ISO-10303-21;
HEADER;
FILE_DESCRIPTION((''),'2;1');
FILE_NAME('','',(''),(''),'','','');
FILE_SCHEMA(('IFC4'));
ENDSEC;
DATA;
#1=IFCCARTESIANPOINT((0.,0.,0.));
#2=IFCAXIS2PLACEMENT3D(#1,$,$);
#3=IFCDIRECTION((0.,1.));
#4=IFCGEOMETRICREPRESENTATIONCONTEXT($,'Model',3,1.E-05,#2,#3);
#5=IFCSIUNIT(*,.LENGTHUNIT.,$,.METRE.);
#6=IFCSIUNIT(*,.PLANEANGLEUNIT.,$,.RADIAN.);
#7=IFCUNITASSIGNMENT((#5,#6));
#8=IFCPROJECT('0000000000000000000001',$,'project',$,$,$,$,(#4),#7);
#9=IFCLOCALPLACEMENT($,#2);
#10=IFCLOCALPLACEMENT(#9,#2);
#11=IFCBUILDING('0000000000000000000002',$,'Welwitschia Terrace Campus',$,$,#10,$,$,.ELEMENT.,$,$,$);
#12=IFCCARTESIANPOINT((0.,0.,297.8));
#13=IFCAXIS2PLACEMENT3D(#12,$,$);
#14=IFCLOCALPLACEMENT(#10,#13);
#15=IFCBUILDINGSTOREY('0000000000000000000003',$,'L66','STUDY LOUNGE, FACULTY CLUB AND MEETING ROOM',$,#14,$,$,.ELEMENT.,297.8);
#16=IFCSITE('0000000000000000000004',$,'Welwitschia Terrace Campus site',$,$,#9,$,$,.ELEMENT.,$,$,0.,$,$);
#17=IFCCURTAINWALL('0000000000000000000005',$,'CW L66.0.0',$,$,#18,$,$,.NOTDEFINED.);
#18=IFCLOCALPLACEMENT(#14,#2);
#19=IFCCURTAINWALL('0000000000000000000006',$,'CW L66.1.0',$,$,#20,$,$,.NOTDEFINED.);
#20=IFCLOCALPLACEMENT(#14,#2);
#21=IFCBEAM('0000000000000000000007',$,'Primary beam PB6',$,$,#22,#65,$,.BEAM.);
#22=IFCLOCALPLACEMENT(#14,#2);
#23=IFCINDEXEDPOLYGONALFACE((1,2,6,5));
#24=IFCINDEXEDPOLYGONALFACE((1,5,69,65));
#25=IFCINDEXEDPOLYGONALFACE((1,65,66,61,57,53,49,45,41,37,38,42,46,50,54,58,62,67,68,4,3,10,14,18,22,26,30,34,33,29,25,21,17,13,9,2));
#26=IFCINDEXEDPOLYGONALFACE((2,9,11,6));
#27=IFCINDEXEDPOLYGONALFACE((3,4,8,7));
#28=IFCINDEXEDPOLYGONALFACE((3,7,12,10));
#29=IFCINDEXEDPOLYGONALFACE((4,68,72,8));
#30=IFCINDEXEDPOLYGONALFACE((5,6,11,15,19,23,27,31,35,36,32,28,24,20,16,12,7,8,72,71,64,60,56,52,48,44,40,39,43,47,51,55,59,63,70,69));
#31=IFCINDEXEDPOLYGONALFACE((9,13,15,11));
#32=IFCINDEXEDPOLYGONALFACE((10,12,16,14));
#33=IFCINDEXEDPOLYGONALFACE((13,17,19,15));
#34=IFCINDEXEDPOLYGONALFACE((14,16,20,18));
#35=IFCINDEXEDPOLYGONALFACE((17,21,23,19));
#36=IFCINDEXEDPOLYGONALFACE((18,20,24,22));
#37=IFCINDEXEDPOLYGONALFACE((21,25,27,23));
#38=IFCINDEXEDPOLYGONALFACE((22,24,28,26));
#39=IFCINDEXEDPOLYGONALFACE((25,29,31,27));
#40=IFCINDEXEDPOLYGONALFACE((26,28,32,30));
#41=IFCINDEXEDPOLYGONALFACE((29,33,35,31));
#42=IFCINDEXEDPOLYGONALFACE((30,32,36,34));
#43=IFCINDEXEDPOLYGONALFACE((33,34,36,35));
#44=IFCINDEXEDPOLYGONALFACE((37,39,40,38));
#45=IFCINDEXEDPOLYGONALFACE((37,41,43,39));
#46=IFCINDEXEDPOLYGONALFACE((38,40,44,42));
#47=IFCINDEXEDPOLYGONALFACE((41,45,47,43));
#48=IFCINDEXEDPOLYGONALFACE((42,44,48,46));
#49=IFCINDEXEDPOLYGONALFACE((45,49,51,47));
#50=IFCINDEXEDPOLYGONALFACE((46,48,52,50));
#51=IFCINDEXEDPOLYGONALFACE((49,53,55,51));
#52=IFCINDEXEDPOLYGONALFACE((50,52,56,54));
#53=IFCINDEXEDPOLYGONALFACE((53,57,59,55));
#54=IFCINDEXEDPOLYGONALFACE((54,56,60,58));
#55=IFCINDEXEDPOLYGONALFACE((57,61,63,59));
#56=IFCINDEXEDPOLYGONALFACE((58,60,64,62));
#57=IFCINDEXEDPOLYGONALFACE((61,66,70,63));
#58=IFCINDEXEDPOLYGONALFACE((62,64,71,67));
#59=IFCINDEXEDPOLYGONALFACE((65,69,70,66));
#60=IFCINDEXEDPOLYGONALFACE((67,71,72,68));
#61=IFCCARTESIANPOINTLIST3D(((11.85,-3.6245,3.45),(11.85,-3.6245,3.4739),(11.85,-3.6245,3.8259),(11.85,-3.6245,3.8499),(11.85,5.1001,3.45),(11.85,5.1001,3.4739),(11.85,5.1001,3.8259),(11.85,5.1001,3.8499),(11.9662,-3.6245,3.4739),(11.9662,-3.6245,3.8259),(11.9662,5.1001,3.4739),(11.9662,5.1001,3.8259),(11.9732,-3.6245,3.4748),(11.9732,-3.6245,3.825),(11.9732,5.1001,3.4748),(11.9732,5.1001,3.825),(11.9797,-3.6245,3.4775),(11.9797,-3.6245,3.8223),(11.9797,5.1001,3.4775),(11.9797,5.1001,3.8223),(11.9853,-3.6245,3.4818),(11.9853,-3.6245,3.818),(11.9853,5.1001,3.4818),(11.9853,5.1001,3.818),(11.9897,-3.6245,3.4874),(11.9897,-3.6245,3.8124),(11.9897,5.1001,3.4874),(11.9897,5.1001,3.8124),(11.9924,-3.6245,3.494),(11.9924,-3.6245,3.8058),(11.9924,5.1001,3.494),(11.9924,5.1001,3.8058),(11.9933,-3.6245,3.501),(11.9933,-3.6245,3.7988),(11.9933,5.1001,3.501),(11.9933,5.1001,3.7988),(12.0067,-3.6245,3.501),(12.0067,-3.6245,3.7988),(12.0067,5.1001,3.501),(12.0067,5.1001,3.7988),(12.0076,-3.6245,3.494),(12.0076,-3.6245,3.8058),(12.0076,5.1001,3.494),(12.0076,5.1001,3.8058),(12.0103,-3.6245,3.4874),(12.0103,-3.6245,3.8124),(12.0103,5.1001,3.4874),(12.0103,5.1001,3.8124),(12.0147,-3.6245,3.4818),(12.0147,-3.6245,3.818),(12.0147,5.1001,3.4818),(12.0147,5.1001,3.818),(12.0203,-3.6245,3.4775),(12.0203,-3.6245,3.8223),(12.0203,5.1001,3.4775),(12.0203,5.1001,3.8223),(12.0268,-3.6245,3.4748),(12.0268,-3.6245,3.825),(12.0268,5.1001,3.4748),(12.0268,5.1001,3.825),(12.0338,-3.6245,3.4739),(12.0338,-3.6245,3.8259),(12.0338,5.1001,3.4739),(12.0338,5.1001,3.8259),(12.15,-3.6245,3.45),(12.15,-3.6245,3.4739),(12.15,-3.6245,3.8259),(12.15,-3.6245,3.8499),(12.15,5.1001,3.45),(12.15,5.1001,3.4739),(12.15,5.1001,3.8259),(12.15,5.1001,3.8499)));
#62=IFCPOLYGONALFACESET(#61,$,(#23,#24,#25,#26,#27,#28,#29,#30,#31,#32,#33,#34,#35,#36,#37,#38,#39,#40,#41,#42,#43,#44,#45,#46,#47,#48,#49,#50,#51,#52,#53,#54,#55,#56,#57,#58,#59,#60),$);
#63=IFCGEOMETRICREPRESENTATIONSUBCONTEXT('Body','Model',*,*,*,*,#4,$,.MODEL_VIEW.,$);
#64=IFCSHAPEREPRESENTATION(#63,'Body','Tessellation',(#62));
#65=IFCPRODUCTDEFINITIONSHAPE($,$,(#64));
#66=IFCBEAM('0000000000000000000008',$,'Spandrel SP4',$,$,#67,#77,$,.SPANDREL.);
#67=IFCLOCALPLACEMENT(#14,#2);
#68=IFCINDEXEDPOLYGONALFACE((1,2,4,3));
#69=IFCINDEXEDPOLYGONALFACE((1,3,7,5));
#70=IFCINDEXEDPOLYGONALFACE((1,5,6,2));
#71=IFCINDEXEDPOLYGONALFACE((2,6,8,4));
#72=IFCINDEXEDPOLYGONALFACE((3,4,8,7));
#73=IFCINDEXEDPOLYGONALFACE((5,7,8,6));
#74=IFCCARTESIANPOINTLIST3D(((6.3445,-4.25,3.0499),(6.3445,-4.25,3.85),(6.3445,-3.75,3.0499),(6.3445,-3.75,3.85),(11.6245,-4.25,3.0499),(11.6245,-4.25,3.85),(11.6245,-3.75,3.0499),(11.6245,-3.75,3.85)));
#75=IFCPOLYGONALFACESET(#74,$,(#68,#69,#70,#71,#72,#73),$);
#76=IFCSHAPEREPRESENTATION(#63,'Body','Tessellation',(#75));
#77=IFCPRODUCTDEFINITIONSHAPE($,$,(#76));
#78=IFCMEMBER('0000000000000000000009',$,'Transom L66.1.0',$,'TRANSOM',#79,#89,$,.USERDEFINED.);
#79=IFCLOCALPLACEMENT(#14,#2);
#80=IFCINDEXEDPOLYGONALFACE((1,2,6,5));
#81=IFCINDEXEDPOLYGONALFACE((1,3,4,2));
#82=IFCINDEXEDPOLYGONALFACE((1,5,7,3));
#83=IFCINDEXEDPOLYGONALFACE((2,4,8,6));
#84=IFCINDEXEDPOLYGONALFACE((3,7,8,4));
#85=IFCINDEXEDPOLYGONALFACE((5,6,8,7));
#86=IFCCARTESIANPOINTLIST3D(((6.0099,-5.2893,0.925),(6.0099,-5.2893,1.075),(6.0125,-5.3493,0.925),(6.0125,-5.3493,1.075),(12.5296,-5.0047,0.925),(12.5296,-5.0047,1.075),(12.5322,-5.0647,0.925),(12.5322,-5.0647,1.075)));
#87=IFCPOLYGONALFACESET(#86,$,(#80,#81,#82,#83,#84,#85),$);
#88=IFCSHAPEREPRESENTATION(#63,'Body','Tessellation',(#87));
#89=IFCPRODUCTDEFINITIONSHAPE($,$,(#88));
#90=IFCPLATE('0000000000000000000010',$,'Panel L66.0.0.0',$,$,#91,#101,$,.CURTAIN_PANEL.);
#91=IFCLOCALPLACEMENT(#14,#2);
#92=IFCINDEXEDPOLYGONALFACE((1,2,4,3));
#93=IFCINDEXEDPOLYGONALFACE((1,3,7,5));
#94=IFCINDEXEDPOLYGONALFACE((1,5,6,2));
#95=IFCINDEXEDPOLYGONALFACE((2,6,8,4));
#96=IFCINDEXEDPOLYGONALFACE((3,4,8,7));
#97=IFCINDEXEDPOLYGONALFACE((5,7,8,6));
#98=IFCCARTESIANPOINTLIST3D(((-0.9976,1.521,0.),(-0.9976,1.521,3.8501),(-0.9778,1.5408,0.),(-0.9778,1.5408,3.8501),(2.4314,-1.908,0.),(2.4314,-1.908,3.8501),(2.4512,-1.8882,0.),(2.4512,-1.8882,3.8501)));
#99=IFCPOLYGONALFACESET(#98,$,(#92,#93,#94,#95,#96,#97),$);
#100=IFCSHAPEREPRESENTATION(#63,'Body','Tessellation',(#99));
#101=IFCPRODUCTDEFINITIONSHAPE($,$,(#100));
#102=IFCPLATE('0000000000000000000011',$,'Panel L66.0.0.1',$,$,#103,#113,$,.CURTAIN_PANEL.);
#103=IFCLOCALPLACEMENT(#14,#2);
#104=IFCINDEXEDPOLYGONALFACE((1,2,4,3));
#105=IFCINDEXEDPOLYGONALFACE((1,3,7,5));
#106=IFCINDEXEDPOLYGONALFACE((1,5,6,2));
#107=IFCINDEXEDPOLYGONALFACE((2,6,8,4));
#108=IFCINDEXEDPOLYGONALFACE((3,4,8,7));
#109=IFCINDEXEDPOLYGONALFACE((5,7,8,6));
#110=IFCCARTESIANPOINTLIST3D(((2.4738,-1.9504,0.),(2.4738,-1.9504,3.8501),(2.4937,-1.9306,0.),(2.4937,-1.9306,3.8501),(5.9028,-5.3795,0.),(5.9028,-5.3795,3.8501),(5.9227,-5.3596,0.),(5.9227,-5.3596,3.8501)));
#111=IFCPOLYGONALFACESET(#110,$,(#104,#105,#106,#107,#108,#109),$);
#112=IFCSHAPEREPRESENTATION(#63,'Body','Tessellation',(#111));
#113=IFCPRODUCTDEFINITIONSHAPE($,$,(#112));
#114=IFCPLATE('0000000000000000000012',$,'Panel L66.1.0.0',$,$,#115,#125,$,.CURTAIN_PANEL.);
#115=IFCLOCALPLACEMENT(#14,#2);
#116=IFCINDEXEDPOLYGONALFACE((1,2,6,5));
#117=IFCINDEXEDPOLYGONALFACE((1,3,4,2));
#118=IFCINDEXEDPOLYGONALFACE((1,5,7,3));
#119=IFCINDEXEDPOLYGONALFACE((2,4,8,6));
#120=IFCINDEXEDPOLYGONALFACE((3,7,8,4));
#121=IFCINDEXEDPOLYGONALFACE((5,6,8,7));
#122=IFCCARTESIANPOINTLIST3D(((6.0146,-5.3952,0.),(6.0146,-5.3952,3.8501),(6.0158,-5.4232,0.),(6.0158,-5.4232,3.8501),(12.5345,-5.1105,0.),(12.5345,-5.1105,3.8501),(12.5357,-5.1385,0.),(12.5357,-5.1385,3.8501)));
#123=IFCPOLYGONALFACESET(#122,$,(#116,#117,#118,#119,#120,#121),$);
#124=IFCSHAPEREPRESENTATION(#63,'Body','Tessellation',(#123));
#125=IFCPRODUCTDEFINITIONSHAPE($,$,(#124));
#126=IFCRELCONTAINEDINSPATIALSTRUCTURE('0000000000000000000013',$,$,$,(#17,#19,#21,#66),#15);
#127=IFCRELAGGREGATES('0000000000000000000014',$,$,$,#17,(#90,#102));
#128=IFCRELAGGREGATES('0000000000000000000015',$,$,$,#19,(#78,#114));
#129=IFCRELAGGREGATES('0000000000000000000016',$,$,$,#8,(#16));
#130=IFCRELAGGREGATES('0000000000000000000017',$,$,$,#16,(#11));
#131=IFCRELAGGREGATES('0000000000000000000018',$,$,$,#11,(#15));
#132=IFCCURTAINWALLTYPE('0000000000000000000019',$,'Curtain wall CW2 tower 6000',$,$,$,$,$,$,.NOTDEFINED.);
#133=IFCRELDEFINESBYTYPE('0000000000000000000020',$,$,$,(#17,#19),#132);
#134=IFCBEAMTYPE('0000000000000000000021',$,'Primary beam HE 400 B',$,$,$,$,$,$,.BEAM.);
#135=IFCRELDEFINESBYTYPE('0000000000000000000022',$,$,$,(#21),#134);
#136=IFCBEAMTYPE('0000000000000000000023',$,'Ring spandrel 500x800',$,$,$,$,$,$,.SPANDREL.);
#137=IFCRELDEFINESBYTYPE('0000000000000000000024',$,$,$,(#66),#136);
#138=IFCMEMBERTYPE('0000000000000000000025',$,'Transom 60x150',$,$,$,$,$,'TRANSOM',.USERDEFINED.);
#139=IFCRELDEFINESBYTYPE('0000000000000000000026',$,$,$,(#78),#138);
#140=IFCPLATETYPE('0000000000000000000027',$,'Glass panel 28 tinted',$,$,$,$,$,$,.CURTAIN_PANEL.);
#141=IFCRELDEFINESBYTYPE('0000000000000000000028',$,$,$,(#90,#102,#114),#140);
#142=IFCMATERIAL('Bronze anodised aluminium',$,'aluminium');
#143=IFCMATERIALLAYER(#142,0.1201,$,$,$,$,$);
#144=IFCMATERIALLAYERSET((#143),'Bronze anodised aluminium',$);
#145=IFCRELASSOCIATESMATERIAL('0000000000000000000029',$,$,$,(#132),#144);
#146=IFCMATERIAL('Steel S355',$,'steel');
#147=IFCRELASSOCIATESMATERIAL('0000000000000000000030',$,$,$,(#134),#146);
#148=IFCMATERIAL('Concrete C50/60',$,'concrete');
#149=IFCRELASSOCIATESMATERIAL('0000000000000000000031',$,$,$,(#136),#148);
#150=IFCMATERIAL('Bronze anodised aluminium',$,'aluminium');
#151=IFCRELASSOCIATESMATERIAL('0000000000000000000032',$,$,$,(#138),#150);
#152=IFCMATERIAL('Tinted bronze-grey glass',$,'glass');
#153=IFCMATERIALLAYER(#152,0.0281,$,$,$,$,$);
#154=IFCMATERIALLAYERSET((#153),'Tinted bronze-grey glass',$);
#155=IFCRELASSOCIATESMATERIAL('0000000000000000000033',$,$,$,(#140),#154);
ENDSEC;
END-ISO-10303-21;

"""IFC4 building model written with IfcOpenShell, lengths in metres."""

from ifc_helpers import new_model, si_unit, direction, frame, origin, origin_2d, place, context, subcontext, project, spatial, rectangle, i_section, extrude, material, layer, layer_set, material_profile, profile_set, type_object, element, aggregate, save


model = new_model("IFC4")

# Units and contexts
model_context = context("Model", 3, precision=1e-05, world=origin(), true_north=direction((0.0, 1.0)))
body_context = subcontext(model_context, "Body", "Model", "MODEL_VIEW")
ifc_project = project(units=[si_unit("LENGTHUNIT", "METRE"), si_unit("PLANEANGLEUNIT", "RADIAN")], contexts=[model_context])

# Site, building, storey
site_placement = place(None, origin())
site = spatial("IfcSite", under=ifc_project, at=site_placement, Name="Welwitschia Terrace Campus site", CompositionType="ELEMENT", RefElevation=0.0)
building_placement = place(site_placement, origin())
building = spatial("IfcBuilding", under=site, at=building_placement, Name="Welwitschia Terrace Campus", CompositionType="ELEMENT")
storey_placement = place(building_placement, frame((0.0, 0.0, 297.8)))
storey = spatial("IfcBuildingStorey", under=building, at=storey_placement, Name="L66", Description="STUDY LOUNGE, FACULTY CLUB AND MEETING ROOM", CompositionType="ELEMENT", Elevation=297.8)

# Curtain wall
ifc_material_1 = material(Name="Bronze anodised aluminium", Category="aluminium")
ifc_layer_1 = layer(ifc_material_1, 0.1201)
ifc_layer_set_1 = layer_set([ifc_layer_1], Name="Bronze anodised aluminium")
curtain_wall_type = type_object("IfcCurtainWallType", Name="Curtain wall CW2 tower 6000", PredefinedType="NOTDEFINED", material=ifc_layer_set_1)
curtain_wall_1_placement = place(storey_placement, origin())
curtain_wall_1 = element("IfcCurtainWall", 1, at=curtain_wall_1_placement, inside=storey, type_object=curtain_wall_type, Name="CW L66.0.0", PredefinedType="NOTDEFINED")

# Curtain wall
curtain_wall_2_placement = place(storey_placement, origin())
curtain_wall_2 = element("IfcCurtainWall", 2, at=curtain_wall_2_placement, inside=storey, type_object=curtain_wall_type, Name="CW L66.1.0", PredefinedType="NOTDEFINED")

# Beams
ifc_material_2 = material(Name="Steel S355", Category="steel")
ifc_material_profile_1 = material_profile(ifc_material_2, i_section(OverallWidth=0.3, OverallDepth=0.3999, WebThickness=0.0134, FlangeThickness=0.0239, FilletRadius=0.0271, at=origin_2d()))
ifc_profile_set_1 = profile_set([ifc_material_profile_1], Name="Steel S355")
beam_type_1 = type_object("IfcBeamType", Name="Primary beam HE 400 B", PredefinedType="BEAM", material=ifc_profile_set_1)
beam_1_placement = place(storey_placement, frame((12.0, -3.6245, 3.6499), z_axis=(0.0, 1.0, 0.0), x_axis=(-1.0, 0.0, 0.0)))
element("IfcBeam", 3, at=beam_1_placement, inside=storey, type_object=beam_type_1, Name="Primary beam PB6", PredefinedType="BEAM", context=body_context, shape_type="SweptSolid", body=[
    extrude(i_section(OverallWidth=0.3, OverallDepth=0.3999, WebThickness=0.0134, FlangeThickness=0.0239, FilletRadius=0.0271, at=origin_2d()), origin(), (0.0, 0.0, 1.0), 8.7246),
])
ifc_material_3 = material(Name="Concrete C50/60", Category="concrete")
ifc_material_profile_2 = material_profile(ifc_material_3, rectangle(XDim=0.5, YDim=0.8, at=origin_2d()))
ifc_profile_set_2 = profile_set([ifc_material_profile_2], Name="Concrete C50/60")
beam_type_2 = type_object("IfcBeamType", Name="Ring spandrel 500x800", PredefinedType="SPANDREL", material=ifc_profile_set_2)
beam_2_placement = place(storey_placement, frame((6.3445, -4.0, 3.45), z_axis=(1.0, 0.0, 0.0), x_axis=(0.0, 1.0, 0.0)))
element("IfcBeam", 4, at=beam_2_placement, inside=storey, type_object=beam_type_2, Name="Spandrel SP4", PredefinedType="SPANDREL", context=body_context, shape_type="SweptSolid", body=[
    extrude(rectangle(XDim=0.5, YDim=0.8, at=origin_2d()), origin(), (0.0, 0.0, 1.0), 5.28),
])

# Member
ifc_material_4 = material(Name="Bronze anodised aluminium", Category="aluminium")
ifc_material_profile_3 = material_profile(ifc_material_4, rectangle(XDim=0.0601, YDim=0.1499, at=origin_2d()))
ifc_profile_set_3 = profile_set([ifc_material_profile_3], Name="Bronze anodised aluminium")
member_type_1 = type_object("IfcMemberType", Name="Transom 60x150", ElementType="TRANSOM", PredefinedType="USERDEFINED", material=ifc_profile_set_3)
member_1_placement = place(storey_placement, frame((6.0112, -5.3193, 1.0), z_axis=(0.999048, 0.043621, 0.0), x_axis=(-0.043621, 0.999048, 0.0)))
member_1 = element("IfcMember", 5, at=member_1_placement, type_object=member_type_1, Name="Transom L66.1.0", ObjectType="TRANSOM", PredefinedType="USERDEFINED", context=body_context, shape_type="SweptSolid", body=[
    extrude(rectangle(XDim=0.0601, YDim=0.1499, at=origin_2d()), origin(), (0.0, 0.0, 1.0), 6.5259),
])

# Plates
ifc_material_5 = material(Name="Tinted bronze-grey glass", Category="glass")
ifc_layer_2 = layer(ifc_material_5, 0.0281)
ifc_layer_set_2 = layer_set([ifc_layer_2], Name="Tinted bronze-grey glass")
plate_type = type_object("IfcPlateType", Name="Glass panel 28 tinted", PredefinedType="CURTAIN_PANEL", material=ifc_layer_set_2)
plate_1_placement = place(storey_placement, frame((0.7268, -0.1836, 0.0), z_axis=(0.0, 0.0, 1.0), x_axis=(0.707107, -0.707107, 0.0)))
plate_1 = element("IfcPlate", 6, at=plate_1_placement, type_object=plate_type, Name="Panel L66.0.0.0", PredefinedType="CURTAIN_PANEL", context=body_context, shape_type="SweptSolid", body=[
    extrude(rectangle(XDim=4.8494, YDim=0.0281, at=origin_2d()), origin(), (0.0, 0.0, 1.0), 3.8501),
])
plate_2_placement = place(storey_placement, frame((4.1982, -3.655, 0.0), z_axis=(0.0, 0.0, 1.0), x_axis=(0.707107, -0.707107, 0.0)))
plate_2 = element("IfcPlate", 7, at=plate_2_placement, type_object=plate_type, Name="Panel L66.0.0.1", PredefinedType="CURTAIN_PANEL", context=body_context, shape_type="SweptSolid", body=[
    extrude(rectangle(XDim=4.8494, YDim=0.0281, at=origin_2d()), origin(), (0.0, 0.0, 1.0), 3.8501),
])
aggregate(curtain_wall_1, [plate_1, plate_2])
plate_3_placement = place(storey_placement, frame((9.2751, -5.2668, 0.0), z_axis=(0.0, 0.0, 1.0), x_axis=(0.999048, 0.043619, 0.0)))
plate_3 = element("IfcPlate", 8, at=plate_3_placement, type_object=plate_type, Name="Panel L66.1.0.0", PredefinedType="CURTAIN_PANEL", context=body_context, shape_type="SweptSolid", body=[
    extrude(rectangle(XDim=6.5261, YDim=0.0281, at=origin_2d()), origin(), (0.0, 0.0, 1.0), 3.8501),
])
aggregate(curtain_wall_2, [member_1, plate_3])

save(model, "model.ifc")
